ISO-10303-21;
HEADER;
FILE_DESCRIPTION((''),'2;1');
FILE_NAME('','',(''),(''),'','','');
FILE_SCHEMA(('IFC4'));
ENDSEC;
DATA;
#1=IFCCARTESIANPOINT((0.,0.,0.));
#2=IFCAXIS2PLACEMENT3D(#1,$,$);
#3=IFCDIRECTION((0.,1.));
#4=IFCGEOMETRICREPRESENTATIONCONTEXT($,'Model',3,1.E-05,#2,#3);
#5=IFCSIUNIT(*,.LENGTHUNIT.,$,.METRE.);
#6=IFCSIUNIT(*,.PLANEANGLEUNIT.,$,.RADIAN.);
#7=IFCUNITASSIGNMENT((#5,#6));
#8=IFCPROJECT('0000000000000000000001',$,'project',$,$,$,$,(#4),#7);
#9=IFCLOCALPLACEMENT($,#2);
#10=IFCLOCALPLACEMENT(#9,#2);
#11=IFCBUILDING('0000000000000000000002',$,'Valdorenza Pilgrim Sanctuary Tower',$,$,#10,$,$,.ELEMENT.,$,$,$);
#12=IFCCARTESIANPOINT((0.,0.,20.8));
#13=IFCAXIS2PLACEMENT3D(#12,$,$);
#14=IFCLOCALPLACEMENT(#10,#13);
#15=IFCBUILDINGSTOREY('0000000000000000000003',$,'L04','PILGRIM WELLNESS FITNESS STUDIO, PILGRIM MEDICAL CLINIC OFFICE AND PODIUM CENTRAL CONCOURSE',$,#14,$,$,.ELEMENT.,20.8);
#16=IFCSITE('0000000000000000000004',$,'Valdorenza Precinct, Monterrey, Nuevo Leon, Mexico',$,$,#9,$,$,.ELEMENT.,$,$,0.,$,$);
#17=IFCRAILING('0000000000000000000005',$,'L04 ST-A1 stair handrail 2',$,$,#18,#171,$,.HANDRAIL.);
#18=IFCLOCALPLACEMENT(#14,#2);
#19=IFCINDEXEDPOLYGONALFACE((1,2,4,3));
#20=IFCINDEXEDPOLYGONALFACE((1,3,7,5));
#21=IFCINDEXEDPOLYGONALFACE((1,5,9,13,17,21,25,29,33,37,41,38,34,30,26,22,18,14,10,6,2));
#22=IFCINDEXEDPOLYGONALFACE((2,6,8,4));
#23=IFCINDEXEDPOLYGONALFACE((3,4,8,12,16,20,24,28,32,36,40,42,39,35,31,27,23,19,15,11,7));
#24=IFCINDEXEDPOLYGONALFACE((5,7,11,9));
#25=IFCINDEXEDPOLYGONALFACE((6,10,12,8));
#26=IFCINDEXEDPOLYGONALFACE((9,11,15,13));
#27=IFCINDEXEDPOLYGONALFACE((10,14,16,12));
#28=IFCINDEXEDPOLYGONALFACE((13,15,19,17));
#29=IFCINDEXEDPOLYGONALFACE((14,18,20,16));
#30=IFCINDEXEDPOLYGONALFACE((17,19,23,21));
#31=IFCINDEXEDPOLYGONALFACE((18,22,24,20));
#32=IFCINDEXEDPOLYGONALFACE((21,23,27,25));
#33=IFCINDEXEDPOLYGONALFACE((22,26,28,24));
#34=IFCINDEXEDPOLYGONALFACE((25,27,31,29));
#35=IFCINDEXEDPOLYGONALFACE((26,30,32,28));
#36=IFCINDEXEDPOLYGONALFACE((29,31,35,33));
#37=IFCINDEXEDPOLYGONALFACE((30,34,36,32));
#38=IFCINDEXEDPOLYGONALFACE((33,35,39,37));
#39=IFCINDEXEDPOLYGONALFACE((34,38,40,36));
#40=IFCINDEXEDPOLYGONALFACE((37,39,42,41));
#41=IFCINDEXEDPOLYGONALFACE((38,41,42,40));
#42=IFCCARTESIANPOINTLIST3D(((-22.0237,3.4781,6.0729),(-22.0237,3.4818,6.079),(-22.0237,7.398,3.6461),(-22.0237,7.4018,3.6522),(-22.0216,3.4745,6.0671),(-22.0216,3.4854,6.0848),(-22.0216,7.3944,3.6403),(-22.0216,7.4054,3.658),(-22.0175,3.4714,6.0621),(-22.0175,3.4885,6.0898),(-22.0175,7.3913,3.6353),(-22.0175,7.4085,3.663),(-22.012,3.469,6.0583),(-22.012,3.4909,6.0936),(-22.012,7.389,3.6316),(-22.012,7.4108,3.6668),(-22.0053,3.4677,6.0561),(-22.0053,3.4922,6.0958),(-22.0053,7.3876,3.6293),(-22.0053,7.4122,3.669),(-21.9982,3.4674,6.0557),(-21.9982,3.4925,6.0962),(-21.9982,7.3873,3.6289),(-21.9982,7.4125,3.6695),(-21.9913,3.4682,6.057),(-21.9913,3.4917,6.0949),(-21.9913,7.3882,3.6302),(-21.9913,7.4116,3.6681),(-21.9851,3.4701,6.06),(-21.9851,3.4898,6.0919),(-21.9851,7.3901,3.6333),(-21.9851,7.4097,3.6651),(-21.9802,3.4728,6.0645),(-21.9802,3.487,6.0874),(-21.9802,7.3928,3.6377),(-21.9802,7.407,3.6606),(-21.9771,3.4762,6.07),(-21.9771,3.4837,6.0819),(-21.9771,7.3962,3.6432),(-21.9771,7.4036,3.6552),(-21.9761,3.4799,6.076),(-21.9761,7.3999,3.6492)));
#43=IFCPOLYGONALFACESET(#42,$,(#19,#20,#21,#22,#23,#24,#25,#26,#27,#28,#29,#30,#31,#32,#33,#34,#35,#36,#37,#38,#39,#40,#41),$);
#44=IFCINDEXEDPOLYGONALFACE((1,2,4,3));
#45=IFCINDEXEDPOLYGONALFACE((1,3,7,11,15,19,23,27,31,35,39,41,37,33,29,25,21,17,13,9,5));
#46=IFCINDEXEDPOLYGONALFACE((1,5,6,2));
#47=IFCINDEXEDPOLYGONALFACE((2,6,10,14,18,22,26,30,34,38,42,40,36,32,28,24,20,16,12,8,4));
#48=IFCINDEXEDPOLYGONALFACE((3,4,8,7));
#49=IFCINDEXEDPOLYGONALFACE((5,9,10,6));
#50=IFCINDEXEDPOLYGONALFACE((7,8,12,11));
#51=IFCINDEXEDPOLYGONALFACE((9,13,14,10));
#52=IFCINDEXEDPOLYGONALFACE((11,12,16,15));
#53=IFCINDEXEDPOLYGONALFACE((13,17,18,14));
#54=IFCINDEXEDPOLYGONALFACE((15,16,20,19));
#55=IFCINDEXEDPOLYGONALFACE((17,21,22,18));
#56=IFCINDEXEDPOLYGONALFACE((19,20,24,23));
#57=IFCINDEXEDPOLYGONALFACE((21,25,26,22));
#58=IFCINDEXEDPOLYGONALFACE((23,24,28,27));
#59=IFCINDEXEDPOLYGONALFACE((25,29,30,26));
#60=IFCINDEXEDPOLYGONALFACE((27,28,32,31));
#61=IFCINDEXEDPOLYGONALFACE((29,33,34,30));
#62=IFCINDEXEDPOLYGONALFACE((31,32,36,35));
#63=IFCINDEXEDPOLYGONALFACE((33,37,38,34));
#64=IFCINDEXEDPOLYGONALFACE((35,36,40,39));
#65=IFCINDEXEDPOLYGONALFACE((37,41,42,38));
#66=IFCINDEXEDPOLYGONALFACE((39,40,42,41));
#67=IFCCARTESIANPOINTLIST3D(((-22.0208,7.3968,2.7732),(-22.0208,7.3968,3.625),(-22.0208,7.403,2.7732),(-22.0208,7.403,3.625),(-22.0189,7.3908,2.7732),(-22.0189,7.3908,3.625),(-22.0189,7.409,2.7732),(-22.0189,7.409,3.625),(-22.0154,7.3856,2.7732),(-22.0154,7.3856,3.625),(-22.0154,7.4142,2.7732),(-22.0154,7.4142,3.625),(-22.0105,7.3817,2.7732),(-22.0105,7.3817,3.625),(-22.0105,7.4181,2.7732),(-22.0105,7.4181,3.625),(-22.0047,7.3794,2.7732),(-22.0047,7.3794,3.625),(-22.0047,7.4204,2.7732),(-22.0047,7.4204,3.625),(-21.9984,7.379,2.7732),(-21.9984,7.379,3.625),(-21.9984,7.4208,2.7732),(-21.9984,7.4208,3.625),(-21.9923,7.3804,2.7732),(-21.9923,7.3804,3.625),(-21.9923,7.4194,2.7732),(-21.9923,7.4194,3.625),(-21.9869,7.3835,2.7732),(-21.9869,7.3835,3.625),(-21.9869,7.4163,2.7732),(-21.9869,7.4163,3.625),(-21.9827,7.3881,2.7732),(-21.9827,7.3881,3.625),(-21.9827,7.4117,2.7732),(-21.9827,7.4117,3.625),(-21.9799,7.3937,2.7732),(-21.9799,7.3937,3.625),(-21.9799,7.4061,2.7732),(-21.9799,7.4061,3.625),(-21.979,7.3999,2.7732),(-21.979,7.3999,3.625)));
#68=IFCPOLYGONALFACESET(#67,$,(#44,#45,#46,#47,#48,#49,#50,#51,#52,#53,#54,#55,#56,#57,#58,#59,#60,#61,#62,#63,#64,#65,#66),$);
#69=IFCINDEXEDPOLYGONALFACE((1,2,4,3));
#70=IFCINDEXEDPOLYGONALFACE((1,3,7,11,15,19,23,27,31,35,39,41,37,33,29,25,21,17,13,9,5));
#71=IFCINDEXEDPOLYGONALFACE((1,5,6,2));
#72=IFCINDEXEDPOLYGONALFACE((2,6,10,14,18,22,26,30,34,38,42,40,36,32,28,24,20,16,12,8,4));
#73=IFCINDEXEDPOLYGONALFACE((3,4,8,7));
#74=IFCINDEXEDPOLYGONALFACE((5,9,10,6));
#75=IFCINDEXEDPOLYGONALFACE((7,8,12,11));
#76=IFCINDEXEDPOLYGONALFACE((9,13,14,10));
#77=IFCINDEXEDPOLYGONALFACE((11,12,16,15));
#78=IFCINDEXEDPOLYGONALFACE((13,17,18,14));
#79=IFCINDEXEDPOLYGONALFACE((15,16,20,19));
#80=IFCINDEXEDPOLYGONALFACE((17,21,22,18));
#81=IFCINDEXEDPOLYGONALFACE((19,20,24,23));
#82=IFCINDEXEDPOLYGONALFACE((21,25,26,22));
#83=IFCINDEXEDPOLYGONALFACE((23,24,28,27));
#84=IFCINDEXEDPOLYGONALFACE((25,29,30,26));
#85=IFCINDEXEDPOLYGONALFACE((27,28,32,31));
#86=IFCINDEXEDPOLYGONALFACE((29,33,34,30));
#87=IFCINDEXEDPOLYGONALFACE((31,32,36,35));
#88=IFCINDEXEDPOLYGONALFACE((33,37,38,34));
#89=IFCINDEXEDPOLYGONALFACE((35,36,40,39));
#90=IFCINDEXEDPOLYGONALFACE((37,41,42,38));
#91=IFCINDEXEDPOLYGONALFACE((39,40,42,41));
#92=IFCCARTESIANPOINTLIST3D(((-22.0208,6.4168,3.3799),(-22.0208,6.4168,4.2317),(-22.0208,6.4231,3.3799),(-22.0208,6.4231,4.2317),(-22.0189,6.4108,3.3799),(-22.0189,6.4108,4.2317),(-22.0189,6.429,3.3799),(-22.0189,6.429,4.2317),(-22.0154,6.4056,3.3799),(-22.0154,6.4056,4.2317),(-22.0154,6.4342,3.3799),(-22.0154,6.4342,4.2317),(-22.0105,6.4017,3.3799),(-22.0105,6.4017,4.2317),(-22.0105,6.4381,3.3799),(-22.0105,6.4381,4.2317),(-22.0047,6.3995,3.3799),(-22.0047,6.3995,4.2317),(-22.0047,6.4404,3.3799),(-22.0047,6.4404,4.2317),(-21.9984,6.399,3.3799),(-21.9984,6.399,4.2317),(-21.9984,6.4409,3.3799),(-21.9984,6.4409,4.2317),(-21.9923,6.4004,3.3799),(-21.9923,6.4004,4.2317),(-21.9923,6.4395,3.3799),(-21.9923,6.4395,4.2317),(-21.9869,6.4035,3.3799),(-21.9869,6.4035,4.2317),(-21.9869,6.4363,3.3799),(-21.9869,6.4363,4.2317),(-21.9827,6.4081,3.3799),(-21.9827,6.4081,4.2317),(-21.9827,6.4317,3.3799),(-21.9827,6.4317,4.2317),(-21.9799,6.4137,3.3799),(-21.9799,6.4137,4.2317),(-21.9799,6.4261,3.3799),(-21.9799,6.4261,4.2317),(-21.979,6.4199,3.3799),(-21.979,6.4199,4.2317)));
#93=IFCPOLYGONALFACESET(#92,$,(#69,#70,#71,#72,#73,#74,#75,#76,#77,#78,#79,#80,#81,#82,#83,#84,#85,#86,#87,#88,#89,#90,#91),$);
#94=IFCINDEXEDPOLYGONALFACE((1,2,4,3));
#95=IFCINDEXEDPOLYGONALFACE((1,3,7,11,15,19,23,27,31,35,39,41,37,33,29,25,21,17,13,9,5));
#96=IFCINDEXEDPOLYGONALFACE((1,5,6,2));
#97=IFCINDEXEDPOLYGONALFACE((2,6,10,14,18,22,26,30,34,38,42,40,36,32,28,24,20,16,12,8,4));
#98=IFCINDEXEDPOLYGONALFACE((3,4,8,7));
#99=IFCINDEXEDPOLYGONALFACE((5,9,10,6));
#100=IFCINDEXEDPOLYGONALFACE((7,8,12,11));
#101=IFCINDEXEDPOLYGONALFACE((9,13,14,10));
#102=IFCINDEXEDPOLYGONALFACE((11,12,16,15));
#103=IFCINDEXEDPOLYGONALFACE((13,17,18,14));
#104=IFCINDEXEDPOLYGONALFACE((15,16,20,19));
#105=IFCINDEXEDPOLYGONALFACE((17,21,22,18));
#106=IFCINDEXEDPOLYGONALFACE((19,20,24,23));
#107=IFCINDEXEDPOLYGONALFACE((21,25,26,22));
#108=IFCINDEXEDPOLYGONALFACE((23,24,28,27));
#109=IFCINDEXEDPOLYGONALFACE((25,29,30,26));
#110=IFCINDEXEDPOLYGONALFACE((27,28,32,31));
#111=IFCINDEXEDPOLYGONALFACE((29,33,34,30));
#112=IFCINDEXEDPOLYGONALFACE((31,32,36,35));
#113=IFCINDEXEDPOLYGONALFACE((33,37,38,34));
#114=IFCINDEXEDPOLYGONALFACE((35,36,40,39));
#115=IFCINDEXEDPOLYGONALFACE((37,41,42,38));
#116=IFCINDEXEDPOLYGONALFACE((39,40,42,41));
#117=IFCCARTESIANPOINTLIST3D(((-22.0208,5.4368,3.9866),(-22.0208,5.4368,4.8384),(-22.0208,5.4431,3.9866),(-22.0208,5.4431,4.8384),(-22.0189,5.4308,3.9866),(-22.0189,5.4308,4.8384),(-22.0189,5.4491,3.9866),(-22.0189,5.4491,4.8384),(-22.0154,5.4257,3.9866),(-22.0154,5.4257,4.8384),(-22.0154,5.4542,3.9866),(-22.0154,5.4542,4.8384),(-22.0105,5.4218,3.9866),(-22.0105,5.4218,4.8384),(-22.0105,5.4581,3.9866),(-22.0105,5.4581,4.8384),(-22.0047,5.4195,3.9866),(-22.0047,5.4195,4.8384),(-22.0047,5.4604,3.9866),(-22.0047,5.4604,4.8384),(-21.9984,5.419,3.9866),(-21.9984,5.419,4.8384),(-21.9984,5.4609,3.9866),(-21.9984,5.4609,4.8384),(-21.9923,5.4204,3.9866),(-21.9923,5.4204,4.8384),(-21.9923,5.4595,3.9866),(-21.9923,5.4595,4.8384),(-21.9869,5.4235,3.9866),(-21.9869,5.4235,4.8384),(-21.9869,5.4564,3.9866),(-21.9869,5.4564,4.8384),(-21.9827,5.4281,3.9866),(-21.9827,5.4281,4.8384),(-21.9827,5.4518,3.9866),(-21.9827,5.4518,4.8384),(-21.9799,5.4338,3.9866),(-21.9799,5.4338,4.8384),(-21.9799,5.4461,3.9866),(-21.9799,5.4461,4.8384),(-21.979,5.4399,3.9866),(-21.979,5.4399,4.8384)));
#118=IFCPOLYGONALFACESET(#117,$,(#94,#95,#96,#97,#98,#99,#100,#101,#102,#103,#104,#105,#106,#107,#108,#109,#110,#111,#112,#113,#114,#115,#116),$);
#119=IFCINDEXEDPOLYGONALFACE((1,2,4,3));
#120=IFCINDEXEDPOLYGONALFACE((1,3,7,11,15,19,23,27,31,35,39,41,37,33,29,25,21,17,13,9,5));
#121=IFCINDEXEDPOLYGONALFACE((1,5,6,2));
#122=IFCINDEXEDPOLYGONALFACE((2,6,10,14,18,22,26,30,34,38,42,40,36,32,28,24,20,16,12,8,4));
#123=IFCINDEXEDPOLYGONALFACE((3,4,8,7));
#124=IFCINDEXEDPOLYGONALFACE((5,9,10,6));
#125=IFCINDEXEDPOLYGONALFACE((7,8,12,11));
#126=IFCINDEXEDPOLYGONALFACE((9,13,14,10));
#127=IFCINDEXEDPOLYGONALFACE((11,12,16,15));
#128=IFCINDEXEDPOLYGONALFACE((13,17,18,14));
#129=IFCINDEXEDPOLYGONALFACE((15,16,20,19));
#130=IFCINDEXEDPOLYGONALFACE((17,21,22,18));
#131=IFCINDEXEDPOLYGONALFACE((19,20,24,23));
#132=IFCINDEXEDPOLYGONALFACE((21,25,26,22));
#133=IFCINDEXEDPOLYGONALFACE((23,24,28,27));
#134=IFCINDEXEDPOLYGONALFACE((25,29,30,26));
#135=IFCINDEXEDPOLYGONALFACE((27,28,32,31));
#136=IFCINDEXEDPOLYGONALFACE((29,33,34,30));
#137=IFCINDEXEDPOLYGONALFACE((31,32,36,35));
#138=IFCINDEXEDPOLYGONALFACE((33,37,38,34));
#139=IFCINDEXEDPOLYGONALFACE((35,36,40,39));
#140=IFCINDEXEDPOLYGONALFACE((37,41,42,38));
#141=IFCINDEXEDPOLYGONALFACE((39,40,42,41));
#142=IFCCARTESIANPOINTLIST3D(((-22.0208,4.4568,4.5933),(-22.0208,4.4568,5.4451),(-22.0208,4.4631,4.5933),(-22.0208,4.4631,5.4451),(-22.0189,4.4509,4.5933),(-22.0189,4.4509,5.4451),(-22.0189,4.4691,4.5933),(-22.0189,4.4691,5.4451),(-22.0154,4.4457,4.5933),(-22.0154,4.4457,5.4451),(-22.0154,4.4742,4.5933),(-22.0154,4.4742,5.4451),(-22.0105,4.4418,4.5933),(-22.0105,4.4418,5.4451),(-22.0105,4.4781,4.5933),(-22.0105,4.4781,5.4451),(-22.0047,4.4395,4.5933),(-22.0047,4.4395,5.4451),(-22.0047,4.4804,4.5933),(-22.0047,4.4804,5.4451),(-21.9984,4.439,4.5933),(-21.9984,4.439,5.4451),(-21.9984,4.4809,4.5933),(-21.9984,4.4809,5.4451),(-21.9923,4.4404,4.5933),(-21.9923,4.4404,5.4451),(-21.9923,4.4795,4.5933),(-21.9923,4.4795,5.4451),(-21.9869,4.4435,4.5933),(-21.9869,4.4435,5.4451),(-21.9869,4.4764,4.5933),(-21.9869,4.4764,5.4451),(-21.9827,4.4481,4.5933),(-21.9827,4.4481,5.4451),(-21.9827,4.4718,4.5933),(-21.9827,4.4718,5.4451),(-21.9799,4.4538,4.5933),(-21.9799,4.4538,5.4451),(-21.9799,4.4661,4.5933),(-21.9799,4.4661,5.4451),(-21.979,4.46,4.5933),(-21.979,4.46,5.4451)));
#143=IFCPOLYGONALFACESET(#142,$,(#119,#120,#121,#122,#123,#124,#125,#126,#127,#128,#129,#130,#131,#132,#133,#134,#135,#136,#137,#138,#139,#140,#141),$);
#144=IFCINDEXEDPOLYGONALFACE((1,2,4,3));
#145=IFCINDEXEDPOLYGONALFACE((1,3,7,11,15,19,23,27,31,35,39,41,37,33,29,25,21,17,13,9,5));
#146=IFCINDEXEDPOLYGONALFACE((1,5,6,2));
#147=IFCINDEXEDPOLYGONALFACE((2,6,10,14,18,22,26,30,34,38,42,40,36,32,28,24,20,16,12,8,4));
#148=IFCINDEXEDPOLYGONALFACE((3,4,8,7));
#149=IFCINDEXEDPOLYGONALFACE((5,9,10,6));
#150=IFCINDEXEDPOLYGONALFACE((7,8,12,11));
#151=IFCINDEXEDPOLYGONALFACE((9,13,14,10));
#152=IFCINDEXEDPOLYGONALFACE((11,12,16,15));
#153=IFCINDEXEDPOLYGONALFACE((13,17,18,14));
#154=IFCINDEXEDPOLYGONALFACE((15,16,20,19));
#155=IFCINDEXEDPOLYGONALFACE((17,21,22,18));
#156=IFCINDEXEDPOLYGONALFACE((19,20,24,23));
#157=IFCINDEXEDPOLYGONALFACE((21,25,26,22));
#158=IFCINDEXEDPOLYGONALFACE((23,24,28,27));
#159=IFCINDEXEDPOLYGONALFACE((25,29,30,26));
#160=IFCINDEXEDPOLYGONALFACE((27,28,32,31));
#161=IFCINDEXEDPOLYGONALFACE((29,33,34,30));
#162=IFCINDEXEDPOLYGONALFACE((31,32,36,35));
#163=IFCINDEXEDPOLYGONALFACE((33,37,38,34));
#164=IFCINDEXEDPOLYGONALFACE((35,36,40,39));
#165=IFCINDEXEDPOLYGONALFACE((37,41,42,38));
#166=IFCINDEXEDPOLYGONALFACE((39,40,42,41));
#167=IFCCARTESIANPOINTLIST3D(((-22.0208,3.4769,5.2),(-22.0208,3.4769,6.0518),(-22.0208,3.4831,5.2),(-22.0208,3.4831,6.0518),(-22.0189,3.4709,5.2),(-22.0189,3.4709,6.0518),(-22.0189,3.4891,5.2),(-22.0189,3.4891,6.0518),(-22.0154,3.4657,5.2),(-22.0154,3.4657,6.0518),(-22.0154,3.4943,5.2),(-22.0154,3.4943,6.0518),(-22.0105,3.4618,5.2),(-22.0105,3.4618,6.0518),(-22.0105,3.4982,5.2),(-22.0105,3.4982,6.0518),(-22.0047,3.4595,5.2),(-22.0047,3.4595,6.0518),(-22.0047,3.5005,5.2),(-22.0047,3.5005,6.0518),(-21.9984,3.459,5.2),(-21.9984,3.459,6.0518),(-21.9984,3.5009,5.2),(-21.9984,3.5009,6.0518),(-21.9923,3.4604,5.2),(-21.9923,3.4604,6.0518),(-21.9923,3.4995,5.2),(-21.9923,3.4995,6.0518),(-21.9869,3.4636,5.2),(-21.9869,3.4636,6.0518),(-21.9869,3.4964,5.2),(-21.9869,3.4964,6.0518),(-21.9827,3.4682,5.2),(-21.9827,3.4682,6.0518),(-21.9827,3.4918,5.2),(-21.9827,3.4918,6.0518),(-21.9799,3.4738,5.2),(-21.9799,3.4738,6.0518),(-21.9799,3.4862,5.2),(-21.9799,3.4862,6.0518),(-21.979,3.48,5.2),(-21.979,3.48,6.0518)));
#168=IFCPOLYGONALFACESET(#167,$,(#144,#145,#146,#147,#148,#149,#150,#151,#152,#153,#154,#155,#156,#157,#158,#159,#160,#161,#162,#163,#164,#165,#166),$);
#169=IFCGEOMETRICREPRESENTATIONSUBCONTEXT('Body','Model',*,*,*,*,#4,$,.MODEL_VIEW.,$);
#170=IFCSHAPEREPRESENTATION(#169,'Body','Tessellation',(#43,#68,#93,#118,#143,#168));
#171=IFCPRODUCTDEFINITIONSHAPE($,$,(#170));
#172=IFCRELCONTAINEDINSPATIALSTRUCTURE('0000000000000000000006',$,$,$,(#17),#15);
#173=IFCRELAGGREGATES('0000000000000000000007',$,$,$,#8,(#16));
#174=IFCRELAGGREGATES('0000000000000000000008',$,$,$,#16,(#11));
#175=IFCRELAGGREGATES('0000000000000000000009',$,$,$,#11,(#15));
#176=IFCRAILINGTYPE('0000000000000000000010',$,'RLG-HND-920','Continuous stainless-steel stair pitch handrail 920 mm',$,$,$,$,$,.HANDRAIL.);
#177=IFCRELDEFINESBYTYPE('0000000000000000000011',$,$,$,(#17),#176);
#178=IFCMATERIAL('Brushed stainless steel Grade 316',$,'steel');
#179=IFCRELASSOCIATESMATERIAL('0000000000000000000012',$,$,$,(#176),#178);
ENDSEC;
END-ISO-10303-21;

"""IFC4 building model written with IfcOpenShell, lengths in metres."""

from ifc_helpers import new_model, si_unit, direction, frame, origin, origin_2d, place, context, subcontext, project, spatial, circle, extrude, material, type_object, element, save


model = new_model("IFC4")

# Units and contexts
model_context = context("Model", 3, precision=1e-05, world=origin(), true_north=direction((0.0, 1.0)))
body_context = subcontext(model_context, "Body", "Model", "MODEL_VIEW")
ifc_project = project(units=[si_unit("LENGTHUNIT", "METRE"), si_unit("PLANEANGLEUNIT", "RADIAN")], contexts=[model_context])

# Site, building, storey
site_placement = place(None, origin())
site = spatial("IfcSite", under=ifc_project, at=site_placement, Name="Valdorenza Precinct, Monterrey, Nuevo Leon, Mexico", CompositionType="ELEMENT", RefElevation=0.0)
building_placement = place(site_placement, origin())
building = spatial("IfcBuilding", under=site, at=building_placement, Name="Valdorenza Pilgrim Sanctuary Tower", CompositionType="ELEMENT")
storey_placement = place(building_placement, frame((0.0, 0.0, 20.8)))
storey = spatial("IfcBuildingStorey", under=building, at=storey_placement, Name="L04", Description="PILGRIM WELLNESS FITNESS STUDIO, PILGRIM MEDICAL CLINIC OFFICE AND PODIUM CENTRAL CONCOURSE", CompositionType="ELEMENT", Elevation=20.8)

# Railing
ifc_material_1 = material(Name="Brushed stainless steel Grade 316", Category="steel")
railing_type_1 = type_object("IfcRailingType", Name="RLG-HND-920", Description="Continuous stainless-steel stair pitch handrail 920 mm", PredefinedType="HANDRAIL", material=ifc_material_1)
railing_1_placement = place(storey_placement, frame((-22.0, 7.3999, 2.7732)))
element("IfcRailing", 1, at=railing_1_placement, inside=storey, type_object=railing_type_1, Name="L04 ST-A1 stair handrail 2", PredefinedType="HANDRAIL", context=body_context, shape_type="SweptSolid", body=[
    extrude(circle(Radius=0.0239, at=origin_2d()), frame((0.0, 0.0, 0.876), z_axis=(0.0, -0.850252, 0.526376), x_axis=(1.0, 0.0, 0.0)), (0.0, 0.0, 1.0), 4.6104),
    extrude(circle(Radius=0.021, at=origin_2d()), origin(), (0.0, 0.0, 1.0), 0.8518),
    extrude(circle(Radius=0.021, at=origin_2d()), frame((0.0, -0.98, 0.6067)), (0.0, 0.0, 1.0), 0.8518),
    extrude(circle(Radius=0.021, at=origin_2d()), frame((0.0, -1.96, 1.2134)), (0.0, 0.0, 1.0), 0.8518),
    extrude(circle(Radius=0.021, at=origin_2d()), frame((0.0, -2.9399, 1.8201)), (0.0, 0.0, 1.0), 0.8518),
    extrude(circle(Radius=0.021, at=origin_2d()), frame((0.0, -3.9199, 2.4268)), (0.0, 0.0, 1.0), 0.8518),
])

save(model, "model.ifc")
